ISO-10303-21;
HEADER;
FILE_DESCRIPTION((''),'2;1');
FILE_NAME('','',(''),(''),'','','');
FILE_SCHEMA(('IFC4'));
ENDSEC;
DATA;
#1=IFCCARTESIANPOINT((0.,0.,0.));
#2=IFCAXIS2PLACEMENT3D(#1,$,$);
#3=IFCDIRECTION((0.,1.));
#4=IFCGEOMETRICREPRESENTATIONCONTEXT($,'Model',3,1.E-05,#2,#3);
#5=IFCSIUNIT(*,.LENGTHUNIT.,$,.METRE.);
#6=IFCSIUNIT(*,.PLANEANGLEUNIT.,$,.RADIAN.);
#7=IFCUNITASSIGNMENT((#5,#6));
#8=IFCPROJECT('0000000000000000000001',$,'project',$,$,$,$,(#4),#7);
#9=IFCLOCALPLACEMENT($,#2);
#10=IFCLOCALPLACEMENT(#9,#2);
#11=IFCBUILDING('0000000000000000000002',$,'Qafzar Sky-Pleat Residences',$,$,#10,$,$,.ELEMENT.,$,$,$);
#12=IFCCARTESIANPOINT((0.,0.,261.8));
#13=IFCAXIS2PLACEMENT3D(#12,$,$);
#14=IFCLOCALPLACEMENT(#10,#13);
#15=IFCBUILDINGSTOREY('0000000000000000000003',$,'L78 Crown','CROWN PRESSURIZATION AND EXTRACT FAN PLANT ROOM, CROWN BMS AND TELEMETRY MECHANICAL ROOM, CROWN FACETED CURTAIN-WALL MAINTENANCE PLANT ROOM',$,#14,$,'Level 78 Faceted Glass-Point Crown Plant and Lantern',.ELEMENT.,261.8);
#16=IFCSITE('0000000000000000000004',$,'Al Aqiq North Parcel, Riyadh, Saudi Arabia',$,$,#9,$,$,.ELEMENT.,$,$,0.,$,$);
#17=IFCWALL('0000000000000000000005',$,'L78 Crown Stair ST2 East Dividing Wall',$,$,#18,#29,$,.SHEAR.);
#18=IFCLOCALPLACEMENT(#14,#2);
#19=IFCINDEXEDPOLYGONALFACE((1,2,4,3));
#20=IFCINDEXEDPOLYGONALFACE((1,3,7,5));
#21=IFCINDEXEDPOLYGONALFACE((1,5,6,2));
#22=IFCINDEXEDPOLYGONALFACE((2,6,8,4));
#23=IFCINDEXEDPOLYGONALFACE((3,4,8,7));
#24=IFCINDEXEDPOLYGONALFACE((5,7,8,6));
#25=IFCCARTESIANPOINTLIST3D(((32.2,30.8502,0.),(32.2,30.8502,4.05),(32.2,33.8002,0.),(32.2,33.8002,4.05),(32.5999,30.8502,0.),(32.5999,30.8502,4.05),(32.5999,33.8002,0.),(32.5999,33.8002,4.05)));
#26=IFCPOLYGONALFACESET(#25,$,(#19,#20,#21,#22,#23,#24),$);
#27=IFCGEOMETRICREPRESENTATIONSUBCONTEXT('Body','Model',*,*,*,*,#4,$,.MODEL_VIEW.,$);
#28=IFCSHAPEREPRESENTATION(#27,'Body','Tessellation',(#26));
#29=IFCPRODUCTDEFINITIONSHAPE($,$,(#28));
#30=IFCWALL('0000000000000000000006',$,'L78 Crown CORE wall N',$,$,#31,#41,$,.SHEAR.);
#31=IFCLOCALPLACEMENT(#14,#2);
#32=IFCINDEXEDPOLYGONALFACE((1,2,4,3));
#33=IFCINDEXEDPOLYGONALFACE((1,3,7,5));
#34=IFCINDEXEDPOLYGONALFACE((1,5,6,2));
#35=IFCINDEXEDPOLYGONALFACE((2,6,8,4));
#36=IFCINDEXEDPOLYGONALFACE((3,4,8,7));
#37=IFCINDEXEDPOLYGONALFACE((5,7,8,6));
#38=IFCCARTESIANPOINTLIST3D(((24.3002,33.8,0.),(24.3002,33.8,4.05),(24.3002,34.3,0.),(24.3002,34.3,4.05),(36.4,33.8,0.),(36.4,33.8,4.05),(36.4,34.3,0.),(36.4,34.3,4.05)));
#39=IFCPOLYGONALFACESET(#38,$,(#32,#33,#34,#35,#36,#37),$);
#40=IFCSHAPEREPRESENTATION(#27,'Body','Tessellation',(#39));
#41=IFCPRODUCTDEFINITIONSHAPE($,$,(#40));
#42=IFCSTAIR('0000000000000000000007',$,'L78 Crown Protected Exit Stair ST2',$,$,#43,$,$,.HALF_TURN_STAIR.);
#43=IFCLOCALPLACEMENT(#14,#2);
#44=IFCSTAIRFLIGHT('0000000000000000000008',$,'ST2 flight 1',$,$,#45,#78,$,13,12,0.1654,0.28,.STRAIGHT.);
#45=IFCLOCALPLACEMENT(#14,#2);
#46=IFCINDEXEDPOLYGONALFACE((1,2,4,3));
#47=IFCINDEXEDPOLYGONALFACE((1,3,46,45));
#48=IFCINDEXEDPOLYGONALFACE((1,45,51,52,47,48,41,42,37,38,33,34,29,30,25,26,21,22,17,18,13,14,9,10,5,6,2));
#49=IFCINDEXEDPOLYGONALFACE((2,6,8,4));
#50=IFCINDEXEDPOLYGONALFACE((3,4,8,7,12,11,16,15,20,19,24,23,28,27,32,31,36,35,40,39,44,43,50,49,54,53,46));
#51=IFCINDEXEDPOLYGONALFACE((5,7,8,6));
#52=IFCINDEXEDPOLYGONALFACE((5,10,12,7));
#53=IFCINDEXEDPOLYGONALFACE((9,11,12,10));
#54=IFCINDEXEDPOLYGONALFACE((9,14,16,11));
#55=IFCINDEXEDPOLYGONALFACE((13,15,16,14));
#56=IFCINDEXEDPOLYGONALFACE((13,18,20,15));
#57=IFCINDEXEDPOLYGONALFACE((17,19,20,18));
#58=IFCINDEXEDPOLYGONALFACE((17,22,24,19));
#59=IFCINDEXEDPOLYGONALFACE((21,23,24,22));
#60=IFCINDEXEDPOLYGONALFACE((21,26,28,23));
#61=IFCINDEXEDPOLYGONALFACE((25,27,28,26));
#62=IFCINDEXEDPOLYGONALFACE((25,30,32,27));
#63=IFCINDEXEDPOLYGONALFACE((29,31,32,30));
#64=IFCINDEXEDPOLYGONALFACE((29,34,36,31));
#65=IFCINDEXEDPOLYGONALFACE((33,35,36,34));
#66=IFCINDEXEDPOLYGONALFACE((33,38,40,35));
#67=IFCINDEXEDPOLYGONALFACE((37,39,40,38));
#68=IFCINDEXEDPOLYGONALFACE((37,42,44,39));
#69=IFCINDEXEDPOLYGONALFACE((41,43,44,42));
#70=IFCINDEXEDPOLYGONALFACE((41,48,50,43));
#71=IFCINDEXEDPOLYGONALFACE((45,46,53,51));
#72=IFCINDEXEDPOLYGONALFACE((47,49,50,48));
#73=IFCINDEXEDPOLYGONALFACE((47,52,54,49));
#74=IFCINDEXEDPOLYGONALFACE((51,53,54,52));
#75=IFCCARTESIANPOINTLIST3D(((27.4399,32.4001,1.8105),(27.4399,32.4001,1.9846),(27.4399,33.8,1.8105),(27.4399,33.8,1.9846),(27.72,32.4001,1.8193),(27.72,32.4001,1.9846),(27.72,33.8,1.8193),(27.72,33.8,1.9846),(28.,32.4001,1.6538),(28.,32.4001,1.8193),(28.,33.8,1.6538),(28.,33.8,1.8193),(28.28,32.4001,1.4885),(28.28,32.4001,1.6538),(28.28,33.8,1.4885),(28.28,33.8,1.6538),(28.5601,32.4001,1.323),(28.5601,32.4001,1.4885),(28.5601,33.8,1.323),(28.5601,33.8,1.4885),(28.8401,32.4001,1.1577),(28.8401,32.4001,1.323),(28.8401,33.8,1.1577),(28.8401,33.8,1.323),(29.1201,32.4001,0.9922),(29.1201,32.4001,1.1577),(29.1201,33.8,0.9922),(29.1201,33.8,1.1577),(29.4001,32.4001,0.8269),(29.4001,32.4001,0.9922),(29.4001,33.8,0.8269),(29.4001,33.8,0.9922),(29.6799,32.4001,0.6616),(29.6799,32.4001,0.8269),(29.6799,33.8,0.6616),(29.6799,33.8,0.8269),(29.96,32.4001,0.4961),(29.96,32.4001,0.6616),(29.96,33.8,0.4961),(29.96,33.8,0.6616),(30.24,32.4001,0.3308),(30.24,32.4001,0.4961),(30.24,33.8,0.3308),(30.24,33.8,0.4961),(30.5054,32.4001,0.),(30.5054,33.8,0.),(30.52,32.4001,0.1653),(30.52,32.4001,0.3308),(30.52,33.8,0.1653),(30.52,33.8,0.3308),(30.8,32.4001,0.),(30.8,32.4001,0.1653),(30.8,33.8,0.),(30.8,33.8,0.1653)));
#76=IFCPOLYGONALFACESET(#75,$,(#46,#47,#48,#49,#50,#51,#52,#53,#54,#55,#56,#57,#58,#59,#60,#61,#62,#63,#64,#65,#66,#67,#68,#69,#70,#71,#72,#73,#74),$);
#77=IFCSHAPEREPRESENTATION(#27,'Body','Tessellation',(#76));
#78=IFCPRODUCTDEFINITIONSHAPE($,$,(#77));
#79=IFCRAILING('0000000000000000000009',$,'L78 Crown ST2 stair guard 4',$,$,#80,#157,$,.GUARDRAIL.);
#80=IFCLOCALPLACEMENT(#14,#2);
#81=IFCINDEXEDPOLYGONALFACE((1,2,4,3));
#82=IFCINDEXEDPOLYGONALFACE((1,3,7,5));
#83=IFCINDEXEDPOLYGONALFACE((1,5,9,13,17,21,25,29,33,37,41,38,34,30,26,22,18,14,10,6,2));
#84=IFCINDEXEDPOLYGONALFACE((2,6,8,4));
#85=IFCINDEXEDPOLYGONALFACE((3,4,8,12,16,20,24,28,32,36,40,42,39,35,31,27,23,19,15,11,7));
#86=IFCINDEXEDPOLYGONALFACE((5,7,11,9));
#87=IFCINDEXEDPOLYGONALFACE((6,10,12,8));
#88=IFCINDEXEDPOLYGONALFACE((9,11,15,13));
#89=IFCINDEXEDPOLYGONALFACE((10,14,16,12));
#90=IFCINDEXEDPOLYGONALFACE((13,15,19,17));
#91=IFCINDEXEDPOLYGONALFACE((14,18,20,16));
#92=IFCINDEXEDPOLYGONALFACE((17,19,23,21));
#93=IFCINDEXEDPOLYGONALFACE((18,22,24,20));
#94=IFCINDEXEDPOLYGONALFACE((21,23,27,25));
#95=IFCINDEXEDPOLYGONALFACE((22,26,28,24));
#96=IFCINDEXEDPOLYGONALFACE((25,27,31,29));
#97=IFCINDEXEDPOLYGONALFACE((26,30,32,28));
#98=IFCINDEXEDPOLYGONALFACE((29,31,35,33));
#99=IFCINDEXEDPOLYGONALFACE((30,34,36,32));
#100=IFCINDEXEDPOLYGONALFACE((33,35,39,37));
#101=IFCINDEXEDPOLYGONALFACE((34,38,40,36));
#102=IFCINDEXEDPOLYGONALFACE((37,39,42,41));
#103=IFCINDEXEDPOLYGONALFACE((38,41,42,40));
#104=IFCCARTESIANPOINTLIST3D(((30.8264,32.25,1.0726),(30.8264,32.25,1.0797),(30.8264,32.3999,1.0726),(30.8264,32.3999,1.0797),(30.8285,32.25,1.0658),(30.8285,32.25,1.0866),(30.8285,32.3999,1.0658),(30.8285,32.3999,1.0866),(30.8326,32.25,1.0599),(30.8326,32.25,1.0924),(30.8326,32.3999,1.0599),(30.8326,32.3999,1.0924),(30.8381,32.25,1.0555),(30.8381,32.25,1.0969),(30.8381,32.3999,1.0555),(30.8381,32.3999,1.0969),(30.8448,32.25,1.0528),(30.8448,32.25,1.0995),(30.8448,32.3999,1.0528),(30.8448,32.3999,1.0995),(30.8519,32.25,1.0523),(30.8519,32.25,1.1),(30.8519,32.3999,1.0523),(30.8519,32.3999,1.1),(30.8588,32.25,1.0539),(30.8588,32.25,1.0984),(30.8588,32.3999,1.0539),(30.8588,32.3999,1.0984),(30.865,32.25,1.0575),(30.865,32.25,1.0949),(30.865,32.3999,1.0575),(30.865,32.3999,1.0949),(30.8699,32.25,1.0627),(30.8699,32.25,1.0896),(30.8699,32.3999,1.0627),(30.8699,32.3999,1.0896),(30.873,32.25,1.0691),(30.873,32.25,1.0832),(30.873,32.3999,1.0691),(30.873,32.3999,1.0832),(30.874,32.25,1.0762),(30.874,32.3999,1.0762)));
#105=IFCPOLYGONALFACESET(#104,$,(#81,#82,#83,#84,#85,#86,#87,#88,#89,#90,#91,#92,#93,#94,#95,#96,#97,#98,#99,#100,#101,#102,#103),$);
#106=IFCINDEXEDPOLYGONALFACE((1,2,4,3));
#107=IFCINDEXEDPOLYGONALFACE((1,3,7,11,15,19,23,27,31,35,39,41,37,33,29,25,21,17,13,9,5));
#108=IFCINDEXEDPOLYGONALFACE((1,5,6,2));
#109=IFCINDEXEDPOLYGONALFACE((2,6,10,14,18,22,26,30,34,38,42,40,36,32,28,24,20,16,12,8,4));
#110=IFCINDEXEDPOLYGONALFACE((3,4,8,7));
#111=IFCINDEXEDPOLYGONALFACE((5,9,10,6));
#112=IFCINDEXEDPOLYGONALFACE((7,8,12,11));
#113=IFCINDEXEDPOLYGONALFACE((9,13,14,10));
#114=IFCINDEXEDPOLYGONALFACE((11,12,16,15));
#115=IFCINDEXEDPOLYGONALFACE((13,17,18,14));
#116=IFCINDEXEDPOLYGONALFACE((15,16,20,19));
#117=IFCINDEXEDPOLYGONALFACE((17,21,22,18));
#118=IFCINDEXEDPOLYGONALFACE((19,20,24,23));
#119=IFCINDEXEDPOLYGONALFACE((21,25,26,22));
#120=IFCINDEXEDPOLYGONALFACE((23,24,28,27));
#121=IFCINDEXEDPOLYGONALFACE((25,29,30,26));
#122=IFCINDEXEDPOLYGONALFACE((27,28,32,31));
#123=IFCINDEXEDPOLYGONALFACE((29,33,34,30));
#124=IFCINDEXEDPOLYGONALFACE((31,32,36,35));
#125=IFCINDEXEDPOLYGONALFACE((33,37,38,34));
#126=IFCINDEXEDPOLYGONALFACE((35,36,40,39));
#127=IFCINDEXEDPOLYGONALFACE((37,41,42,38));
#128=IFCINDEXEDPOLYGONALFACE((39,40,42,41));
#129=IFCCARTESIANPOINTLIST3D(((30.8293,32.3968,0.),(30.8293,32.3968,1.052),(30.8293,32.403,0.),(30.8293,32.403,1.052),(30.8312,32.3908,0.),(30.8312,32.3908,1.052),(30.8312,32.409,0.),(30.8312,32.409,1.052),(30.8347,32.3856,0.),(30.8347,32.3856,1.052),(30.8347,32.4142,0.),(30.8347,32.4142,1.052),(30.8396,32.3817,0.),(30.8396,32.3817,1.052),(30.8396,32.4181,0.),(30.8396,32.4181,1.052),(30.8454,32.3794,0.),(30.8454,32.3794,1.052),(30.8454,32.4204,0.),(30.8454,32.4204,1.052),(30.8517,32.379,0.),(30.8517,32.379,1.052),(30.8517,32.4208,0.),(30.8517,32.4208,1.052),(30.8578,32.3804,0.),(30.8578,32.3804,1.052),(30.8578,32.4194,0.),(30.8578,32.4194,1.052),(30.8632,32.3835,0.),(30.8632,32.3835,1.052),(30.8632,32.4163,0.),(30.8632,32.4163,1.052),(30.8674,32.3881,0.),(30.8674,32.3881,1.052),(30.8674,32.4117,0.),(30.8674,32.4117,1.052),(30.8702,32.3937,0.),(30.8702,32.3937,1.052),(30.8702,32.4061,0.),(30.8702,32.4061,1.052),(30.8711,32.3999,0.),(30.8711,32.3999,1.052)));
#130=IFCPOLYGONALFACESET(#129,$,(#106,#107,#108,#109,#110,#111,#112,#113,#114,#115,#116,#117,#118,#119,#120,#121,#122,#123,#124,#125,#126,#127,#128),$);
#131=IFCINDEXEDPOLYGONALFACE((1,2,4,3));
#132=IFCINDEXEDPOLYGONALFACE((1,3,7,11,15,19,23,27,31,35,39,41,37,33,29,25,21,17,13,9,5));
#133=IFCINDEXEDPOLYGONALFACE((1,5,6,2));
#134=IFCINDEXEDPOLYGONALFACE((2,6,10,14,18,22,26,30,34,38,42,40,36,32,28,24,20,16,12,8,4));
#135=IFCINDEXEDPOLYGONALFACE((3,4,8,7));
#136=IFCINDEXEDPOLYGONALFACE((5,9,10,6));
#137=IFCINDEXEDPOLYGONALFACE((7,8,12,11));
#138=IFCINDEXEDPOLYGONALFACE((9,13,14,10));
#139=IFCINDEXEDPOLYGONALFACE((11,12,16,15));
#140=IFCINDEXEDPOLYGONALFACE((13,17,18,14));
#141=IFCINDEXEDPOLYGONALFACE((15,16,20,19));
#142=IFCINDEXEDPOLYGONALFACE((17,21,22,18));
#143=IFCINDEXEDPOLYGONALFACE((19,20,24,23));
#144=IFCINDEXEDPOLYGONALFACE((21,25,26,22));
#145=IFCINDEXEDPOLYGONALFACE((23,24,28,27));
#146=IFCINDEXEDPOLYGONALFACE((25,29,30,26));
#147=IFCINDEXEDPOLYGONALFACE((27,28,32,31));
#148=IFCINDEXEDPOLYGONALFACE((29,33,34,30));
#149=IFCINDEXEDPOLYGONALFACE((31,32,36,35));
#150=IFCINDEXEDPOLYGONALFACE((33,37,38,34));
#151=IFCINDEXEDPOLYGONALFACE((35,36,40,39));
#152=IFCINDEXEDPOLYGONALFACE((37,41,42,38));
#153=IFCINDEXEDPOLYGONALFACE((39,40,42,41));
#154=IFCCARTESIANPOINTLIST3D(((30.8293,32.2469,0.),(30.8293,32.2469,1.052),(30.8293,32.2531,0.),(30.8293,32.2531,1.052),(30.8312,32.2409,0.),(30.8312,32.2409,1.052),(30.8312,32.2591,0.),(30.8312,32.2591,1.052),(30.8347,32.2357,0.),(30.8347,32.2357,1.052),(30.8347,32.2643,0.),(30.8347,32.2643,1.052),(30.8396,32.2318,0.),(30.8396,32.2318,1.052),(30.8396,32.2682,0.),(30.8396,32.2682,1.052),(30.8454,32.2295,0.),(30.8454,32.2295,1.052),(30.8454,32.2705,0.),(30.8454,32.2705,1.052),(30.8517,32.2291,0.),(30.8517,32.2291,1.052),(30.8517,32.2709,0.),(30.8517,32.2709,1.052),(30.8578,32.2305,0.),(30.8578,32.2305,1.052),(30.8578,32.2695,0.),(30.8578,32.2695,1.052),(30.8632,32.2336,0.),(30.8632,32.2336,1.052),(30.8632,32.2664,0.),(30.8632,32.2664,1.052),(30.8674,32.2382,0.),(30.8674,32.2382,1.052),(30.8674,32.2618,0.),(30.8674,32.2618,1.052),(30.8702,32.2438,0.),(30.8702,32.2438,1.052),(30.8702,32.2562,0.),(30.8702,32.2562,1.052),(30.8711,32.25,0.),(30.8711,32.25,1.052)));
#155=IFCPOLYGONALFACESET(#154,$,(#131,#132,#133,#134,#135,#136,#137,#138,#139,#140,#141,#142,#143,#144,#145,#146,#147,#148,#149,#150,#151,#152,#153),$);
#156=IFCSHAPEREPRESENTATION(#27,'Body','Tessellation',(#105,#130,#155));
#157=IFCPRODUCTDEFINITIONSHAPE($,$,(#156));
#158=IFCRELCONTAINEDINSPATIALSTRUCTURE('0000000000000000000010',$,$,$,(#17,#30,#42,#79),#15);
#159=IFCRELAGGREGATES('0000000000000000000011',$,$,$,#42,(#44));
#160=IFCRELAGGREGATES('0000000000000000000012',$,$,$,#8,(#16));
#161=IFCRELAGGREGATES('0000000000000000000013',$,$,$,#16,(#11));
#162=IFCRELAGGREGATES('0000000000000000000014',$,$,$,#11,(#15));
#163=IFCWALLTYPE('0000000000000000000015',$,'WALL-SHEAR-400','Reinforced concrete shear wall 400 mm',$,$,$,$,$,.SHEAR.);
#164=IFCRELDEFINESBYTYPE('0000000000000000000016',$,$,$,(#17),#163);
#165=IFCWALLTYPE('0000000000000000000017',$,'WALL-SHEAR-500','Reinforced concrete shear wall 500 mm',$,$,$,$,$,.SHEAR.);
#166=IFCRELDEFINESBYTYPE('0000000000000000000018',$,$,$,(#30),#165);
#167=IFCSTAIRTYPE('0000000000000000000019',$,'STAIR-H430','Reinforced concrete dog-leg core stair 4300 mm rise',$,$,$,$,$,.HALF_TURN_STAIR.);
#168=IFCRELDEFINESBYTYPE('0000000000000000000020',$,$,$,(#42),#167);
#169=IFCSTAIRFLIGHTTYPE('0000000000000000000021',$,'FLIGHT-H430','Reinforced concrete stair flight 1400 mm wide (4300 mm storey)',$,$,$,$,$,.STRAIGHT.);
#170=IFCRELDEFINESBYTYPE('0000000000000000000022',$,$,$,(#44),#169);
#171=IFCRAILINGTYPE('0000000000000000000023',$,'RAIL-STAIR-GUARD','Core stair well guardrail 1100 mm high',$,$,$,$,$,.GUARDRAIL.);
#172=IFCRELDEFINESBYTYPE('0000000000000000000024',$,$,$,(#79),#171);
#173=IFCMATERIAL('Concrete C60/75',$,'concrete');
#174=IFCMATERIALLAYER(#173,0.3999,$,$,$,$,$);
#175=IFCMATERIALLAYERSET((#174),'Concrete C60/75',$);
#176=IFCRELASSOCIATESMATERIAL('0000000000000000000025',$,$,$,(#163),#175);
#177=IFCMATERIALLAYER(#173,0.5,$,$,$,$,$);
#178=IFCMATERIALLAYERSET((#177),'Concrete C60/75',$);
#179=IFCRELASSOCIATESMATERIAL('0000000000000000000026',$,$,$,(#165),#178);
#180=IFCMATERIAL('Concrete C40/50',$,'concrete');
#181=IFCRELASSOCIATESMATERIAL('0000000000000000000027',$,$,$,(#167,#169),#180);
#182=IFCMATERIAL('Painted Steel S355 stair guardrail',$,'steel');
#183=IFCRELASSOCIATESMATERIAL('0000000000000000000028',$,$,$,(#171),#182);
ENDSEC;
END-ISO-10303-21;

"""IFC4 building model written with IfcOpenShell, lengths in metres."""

from ifc_helpers import new_model, si_unit, direction, frame, frame_2d, origin, origin_2d, place, context, subcontext, project, spatial, polyline, rectangle, circle, outline, extrude, source, transform, mapped, material, layer, layer_set, type_object, element, aggregate, save


model = new_model("IFC4")

# Units and contexts
model_context = context("Model", 3, precision=1e-05, world=origin(), true_north=direction((0.0, 1.0)))
body_context = subcontext(model_context, "Body", "Model", "MODEL_VIEW")
ifc_project = project(units=[si_unit("LENGTHUNIT", "METRE"), si_unit("PLANEANGLEUNIT", "RADIAN")], contexts=[model_context])

# Site, building, storey
site_placement = place(None, origin())
site = spatial("IfcSite", under=ifc_project, at=site_placement, Name="Al Aqiq North Parcel, Riyadh, Saudi Arabia", CompositionType="ELEMENT", RefElevation=0.0)
building_placement = place(site_placement, origin())
building = spatial("IfcBuilding", under=site, at=building_placement, Name="Qafzar Sky-Pleat Residences", CompositionType="ELEMENT")
storey_placement = place(building_placement, frame((0.0, 0.0, 261.8)))
storey = spatial("IfcBuildingStorey", under=building, at=storey_placement, Name="L78 Crown", Description="CROWN PRESSURIZATION AND EXTRACT FAN PLANT ROOM, CROWN BMS AND TELEMETRY MECHANICAL ROOM, CROWN FACETED CURTAIN-WALL MAINTENANCE PLANT ROOM", LongName="Level 78 Faceted Glass-Point Crown Plant and Lantern", CompositionType="ELEMENT", Elevation=261.8)

# Walls
ifc_material_1 = material(Name="Concrete C60/75", Category="concrete")
ifc_layer_1 = layer(ifc_material_1, 0.3999)
ifc_layer_set_1 = layer_set([ifc_layer_1], Name="Concrete C60/75")
wall_type_1 = type_object("IfcWallType", Name="WALL-SHEAR-400", Description="Reinforced concrete shear wall 400 mm", PredefinedType="SHEAR", material=ifc_layer_set_1)
wall_1_placement = place(storey_placement, frame((32.3999, 30.8501, 0.0), z_axis=(0.0, 0.0, 1.0), x_axis=(0.0, 1.0, 0.0)))
element("IfcWall", 1, at=wall_1_placement, inside=storey, type_object=wall_type_1, Name="L78 Crown Stair ST2 East Dividing Wall", PredefinedType="SHEAR", context=body_context, shape_type="SweptSolid", body=[
    extrude(rectangle(XDim=2.95, YDim=0.3999, at=frame_2d((1.4751, 0.0))), origin(), (0.0, 0.0, 1.0), 4.05),
])
ifc_layer_2 = layer(ifc_material_1, 0.5)
ifc_layer_set_2 = layer_set([ifc_layer_2], Name="Concrete C60/75")
wall_type_2 = type_object("IfcWallType", Name="WALL-SHEAR-500", Description="Reinforced concrete shear wall 500 mm", PredefinedType="SHEAR", material=ifc_layer_set_2)
wall_2_placement = place(storey_placement, frame((36.3999, 34.05, 0.0), z_axis=(0.0, 0.0, 1.0), x_axis=(-1.0, 0.0, 0.0)))
element("IfcWall", 2, at=wall_2_placement, inside=storey, type_object=wall_type_2, Name="L78 Crown CORE wall N", PredefinedType="SHEAR", context=body_context, shape_type="SweptSolid", body=[
    extrude(rectangle(XDim=12.0999, YDim=0.5, at=frame_2d((6.0498, 0.0))), origin(), (0.0, 0.0, 1.0), 4.05),
])

# Stair, stair flight
ifc_material_2 = material(Name="Concrete C40/50", Category="concrete")
stair_type = type_object("IfcStairType", Name="STAIR-H430", Description="Reinforced concrete dog-leg core stair 4300 mm rise", PredefinedType="HALF_TURN_STAIR", material=ifc_material_2)
stair_placement = place(storey_placement, origin())
stair = element("IfcStair", 3, at=stair_placement, inside=storey, type_object=stair_type, Name="L78 Crown Protected Exit Stair ST2", PredefinedType="HALF_TURN_STAIR")
stair_flight_type = type_object("IfcStairFlightType", Name="FLIGHT-H430", Description="Reinforced concrete stair flight 1400 mm wide (4300 mm storey)", PredefinedType="STRAIGHT", material=ifc_material_2)
shared_shape_1 = source(origin(), body_context, "Body", "SweptSolid", [
    extrude(outline(polyline([(0.0, 0.0), (0.0, 0.1653), (0.28, 0.1653), (0.28, 0.3308), (0.5601, 0.3308), (0.5601, 0.4961), (0.8401, 0.4961), (0.8401, 0.6616), (1.1201, 0.6616), (1.1201, 0.8269), (1.3999, 0.8269), (1.3999, 0.9922), (1.6799, 0.9922), (1.6799, 1.1577), (1.96, 1.1577), (1.96, 1.323), (2.24, 1.323), (2.24, 1.4885), (2.52, 1.4885), (2.52, 1.6538), (2.8, 1.6538), (2.8, 1.8193), (3.0801, 1.8193), (3.0801, 1.9846), (3.3601, 1.9846), (3.3601, 2.1499), (3.3601, 1.8105), (0.2947, 0.0), (0.0, 0.0)])), frame((0.0, 0.7, 0.0), z_axis=(0.0, -1.0, 0.0), x_axis=(1.0, 0.0, 0.0)), (0.0, 0.0, 1.0), 1.3999),
])
stair_flight_placement = place(storey_placement, frame((30.8, 33.1001, 0.0), z_axis=(0.0, 0.0, 1.0), x_axis=(-1.0, 0.0, 0.0)))
stair_flight = element("IfcStairFlight", 4, at=stair_flight_placement, type_object=stair_flight_type, Name="ST2 flight 1", NumberOfRisers=13, NumberOfTreads=12, PredefinedType="STRAIGHT", RiserHeight=0.1654, TreadLength=0.28, context=body_context, shape_type="MappedRepresentation", body=[
    mapped(shared_shape_1, transform((0.0, 0.0, 0.0), x_axis=(1.0, 0.0, 0.0), y_axis=(0.0, 1.0, 0.0), z_axis=(0.0, 0.0, 1.0), scale=1.0)),
])
aggregate(stair, [stair_flight])

# Railing
ifc_material_3 = material(Name="Painted Steel S355 stair guardrail", Category="steel")
railing_type_1 = type_object("IfcRailingType", Name="RAIL-STAIR-GUARD", Description="Core stair well guardrail 1100 mm high", PredefinedType="GUARDRAIL", material=ifc_material_3)
shared_shape_2 = source(origin(), body_context, "Body", "SweptSolid", [
    extrude(circle(Radius=0.0239, at=origin_2d()), frame((0.0, 0.0, 1.0762), z_axis=(0.0, -1.0, 0.0), x_axis=(1.0, 0.0, 0.0)), (0.0, 0.0, 1.0), 0.1499),
    extrude(circle(Radius=0.021, at=origin_2d()), origin(), (0.0, 0.0, 1.0), 1.052),
    extrude(circle(Radius=0.021, at=origin_2d()), frame((0.0, -0.1499, 0.0)), (0.0, 0.0, 1.0), 1.052),
])
railing_1_placement = place(storey_placement, frame((30.8501, 32.3999, 0.0)))
element("IfcRailing", 5, at=railing_1_placement, inside=storey, type_object=railing_type_1, Name="L78 Crown ST2 stair guard 4", PredefinedType="GUARDRAIL", context=body_context, shape_type="MappedRepresentation", body=[
    mapped(shared_shape_2, transform((0.0, 0.0, 0.0), x_axis=(1.0, 0.0, 0.0), y_axis=(0.0, 1.0, 0.0), z_axis=(0.0, 0.0, 1.0), scale=1.0)),
])

save(model, "model.ifc")
